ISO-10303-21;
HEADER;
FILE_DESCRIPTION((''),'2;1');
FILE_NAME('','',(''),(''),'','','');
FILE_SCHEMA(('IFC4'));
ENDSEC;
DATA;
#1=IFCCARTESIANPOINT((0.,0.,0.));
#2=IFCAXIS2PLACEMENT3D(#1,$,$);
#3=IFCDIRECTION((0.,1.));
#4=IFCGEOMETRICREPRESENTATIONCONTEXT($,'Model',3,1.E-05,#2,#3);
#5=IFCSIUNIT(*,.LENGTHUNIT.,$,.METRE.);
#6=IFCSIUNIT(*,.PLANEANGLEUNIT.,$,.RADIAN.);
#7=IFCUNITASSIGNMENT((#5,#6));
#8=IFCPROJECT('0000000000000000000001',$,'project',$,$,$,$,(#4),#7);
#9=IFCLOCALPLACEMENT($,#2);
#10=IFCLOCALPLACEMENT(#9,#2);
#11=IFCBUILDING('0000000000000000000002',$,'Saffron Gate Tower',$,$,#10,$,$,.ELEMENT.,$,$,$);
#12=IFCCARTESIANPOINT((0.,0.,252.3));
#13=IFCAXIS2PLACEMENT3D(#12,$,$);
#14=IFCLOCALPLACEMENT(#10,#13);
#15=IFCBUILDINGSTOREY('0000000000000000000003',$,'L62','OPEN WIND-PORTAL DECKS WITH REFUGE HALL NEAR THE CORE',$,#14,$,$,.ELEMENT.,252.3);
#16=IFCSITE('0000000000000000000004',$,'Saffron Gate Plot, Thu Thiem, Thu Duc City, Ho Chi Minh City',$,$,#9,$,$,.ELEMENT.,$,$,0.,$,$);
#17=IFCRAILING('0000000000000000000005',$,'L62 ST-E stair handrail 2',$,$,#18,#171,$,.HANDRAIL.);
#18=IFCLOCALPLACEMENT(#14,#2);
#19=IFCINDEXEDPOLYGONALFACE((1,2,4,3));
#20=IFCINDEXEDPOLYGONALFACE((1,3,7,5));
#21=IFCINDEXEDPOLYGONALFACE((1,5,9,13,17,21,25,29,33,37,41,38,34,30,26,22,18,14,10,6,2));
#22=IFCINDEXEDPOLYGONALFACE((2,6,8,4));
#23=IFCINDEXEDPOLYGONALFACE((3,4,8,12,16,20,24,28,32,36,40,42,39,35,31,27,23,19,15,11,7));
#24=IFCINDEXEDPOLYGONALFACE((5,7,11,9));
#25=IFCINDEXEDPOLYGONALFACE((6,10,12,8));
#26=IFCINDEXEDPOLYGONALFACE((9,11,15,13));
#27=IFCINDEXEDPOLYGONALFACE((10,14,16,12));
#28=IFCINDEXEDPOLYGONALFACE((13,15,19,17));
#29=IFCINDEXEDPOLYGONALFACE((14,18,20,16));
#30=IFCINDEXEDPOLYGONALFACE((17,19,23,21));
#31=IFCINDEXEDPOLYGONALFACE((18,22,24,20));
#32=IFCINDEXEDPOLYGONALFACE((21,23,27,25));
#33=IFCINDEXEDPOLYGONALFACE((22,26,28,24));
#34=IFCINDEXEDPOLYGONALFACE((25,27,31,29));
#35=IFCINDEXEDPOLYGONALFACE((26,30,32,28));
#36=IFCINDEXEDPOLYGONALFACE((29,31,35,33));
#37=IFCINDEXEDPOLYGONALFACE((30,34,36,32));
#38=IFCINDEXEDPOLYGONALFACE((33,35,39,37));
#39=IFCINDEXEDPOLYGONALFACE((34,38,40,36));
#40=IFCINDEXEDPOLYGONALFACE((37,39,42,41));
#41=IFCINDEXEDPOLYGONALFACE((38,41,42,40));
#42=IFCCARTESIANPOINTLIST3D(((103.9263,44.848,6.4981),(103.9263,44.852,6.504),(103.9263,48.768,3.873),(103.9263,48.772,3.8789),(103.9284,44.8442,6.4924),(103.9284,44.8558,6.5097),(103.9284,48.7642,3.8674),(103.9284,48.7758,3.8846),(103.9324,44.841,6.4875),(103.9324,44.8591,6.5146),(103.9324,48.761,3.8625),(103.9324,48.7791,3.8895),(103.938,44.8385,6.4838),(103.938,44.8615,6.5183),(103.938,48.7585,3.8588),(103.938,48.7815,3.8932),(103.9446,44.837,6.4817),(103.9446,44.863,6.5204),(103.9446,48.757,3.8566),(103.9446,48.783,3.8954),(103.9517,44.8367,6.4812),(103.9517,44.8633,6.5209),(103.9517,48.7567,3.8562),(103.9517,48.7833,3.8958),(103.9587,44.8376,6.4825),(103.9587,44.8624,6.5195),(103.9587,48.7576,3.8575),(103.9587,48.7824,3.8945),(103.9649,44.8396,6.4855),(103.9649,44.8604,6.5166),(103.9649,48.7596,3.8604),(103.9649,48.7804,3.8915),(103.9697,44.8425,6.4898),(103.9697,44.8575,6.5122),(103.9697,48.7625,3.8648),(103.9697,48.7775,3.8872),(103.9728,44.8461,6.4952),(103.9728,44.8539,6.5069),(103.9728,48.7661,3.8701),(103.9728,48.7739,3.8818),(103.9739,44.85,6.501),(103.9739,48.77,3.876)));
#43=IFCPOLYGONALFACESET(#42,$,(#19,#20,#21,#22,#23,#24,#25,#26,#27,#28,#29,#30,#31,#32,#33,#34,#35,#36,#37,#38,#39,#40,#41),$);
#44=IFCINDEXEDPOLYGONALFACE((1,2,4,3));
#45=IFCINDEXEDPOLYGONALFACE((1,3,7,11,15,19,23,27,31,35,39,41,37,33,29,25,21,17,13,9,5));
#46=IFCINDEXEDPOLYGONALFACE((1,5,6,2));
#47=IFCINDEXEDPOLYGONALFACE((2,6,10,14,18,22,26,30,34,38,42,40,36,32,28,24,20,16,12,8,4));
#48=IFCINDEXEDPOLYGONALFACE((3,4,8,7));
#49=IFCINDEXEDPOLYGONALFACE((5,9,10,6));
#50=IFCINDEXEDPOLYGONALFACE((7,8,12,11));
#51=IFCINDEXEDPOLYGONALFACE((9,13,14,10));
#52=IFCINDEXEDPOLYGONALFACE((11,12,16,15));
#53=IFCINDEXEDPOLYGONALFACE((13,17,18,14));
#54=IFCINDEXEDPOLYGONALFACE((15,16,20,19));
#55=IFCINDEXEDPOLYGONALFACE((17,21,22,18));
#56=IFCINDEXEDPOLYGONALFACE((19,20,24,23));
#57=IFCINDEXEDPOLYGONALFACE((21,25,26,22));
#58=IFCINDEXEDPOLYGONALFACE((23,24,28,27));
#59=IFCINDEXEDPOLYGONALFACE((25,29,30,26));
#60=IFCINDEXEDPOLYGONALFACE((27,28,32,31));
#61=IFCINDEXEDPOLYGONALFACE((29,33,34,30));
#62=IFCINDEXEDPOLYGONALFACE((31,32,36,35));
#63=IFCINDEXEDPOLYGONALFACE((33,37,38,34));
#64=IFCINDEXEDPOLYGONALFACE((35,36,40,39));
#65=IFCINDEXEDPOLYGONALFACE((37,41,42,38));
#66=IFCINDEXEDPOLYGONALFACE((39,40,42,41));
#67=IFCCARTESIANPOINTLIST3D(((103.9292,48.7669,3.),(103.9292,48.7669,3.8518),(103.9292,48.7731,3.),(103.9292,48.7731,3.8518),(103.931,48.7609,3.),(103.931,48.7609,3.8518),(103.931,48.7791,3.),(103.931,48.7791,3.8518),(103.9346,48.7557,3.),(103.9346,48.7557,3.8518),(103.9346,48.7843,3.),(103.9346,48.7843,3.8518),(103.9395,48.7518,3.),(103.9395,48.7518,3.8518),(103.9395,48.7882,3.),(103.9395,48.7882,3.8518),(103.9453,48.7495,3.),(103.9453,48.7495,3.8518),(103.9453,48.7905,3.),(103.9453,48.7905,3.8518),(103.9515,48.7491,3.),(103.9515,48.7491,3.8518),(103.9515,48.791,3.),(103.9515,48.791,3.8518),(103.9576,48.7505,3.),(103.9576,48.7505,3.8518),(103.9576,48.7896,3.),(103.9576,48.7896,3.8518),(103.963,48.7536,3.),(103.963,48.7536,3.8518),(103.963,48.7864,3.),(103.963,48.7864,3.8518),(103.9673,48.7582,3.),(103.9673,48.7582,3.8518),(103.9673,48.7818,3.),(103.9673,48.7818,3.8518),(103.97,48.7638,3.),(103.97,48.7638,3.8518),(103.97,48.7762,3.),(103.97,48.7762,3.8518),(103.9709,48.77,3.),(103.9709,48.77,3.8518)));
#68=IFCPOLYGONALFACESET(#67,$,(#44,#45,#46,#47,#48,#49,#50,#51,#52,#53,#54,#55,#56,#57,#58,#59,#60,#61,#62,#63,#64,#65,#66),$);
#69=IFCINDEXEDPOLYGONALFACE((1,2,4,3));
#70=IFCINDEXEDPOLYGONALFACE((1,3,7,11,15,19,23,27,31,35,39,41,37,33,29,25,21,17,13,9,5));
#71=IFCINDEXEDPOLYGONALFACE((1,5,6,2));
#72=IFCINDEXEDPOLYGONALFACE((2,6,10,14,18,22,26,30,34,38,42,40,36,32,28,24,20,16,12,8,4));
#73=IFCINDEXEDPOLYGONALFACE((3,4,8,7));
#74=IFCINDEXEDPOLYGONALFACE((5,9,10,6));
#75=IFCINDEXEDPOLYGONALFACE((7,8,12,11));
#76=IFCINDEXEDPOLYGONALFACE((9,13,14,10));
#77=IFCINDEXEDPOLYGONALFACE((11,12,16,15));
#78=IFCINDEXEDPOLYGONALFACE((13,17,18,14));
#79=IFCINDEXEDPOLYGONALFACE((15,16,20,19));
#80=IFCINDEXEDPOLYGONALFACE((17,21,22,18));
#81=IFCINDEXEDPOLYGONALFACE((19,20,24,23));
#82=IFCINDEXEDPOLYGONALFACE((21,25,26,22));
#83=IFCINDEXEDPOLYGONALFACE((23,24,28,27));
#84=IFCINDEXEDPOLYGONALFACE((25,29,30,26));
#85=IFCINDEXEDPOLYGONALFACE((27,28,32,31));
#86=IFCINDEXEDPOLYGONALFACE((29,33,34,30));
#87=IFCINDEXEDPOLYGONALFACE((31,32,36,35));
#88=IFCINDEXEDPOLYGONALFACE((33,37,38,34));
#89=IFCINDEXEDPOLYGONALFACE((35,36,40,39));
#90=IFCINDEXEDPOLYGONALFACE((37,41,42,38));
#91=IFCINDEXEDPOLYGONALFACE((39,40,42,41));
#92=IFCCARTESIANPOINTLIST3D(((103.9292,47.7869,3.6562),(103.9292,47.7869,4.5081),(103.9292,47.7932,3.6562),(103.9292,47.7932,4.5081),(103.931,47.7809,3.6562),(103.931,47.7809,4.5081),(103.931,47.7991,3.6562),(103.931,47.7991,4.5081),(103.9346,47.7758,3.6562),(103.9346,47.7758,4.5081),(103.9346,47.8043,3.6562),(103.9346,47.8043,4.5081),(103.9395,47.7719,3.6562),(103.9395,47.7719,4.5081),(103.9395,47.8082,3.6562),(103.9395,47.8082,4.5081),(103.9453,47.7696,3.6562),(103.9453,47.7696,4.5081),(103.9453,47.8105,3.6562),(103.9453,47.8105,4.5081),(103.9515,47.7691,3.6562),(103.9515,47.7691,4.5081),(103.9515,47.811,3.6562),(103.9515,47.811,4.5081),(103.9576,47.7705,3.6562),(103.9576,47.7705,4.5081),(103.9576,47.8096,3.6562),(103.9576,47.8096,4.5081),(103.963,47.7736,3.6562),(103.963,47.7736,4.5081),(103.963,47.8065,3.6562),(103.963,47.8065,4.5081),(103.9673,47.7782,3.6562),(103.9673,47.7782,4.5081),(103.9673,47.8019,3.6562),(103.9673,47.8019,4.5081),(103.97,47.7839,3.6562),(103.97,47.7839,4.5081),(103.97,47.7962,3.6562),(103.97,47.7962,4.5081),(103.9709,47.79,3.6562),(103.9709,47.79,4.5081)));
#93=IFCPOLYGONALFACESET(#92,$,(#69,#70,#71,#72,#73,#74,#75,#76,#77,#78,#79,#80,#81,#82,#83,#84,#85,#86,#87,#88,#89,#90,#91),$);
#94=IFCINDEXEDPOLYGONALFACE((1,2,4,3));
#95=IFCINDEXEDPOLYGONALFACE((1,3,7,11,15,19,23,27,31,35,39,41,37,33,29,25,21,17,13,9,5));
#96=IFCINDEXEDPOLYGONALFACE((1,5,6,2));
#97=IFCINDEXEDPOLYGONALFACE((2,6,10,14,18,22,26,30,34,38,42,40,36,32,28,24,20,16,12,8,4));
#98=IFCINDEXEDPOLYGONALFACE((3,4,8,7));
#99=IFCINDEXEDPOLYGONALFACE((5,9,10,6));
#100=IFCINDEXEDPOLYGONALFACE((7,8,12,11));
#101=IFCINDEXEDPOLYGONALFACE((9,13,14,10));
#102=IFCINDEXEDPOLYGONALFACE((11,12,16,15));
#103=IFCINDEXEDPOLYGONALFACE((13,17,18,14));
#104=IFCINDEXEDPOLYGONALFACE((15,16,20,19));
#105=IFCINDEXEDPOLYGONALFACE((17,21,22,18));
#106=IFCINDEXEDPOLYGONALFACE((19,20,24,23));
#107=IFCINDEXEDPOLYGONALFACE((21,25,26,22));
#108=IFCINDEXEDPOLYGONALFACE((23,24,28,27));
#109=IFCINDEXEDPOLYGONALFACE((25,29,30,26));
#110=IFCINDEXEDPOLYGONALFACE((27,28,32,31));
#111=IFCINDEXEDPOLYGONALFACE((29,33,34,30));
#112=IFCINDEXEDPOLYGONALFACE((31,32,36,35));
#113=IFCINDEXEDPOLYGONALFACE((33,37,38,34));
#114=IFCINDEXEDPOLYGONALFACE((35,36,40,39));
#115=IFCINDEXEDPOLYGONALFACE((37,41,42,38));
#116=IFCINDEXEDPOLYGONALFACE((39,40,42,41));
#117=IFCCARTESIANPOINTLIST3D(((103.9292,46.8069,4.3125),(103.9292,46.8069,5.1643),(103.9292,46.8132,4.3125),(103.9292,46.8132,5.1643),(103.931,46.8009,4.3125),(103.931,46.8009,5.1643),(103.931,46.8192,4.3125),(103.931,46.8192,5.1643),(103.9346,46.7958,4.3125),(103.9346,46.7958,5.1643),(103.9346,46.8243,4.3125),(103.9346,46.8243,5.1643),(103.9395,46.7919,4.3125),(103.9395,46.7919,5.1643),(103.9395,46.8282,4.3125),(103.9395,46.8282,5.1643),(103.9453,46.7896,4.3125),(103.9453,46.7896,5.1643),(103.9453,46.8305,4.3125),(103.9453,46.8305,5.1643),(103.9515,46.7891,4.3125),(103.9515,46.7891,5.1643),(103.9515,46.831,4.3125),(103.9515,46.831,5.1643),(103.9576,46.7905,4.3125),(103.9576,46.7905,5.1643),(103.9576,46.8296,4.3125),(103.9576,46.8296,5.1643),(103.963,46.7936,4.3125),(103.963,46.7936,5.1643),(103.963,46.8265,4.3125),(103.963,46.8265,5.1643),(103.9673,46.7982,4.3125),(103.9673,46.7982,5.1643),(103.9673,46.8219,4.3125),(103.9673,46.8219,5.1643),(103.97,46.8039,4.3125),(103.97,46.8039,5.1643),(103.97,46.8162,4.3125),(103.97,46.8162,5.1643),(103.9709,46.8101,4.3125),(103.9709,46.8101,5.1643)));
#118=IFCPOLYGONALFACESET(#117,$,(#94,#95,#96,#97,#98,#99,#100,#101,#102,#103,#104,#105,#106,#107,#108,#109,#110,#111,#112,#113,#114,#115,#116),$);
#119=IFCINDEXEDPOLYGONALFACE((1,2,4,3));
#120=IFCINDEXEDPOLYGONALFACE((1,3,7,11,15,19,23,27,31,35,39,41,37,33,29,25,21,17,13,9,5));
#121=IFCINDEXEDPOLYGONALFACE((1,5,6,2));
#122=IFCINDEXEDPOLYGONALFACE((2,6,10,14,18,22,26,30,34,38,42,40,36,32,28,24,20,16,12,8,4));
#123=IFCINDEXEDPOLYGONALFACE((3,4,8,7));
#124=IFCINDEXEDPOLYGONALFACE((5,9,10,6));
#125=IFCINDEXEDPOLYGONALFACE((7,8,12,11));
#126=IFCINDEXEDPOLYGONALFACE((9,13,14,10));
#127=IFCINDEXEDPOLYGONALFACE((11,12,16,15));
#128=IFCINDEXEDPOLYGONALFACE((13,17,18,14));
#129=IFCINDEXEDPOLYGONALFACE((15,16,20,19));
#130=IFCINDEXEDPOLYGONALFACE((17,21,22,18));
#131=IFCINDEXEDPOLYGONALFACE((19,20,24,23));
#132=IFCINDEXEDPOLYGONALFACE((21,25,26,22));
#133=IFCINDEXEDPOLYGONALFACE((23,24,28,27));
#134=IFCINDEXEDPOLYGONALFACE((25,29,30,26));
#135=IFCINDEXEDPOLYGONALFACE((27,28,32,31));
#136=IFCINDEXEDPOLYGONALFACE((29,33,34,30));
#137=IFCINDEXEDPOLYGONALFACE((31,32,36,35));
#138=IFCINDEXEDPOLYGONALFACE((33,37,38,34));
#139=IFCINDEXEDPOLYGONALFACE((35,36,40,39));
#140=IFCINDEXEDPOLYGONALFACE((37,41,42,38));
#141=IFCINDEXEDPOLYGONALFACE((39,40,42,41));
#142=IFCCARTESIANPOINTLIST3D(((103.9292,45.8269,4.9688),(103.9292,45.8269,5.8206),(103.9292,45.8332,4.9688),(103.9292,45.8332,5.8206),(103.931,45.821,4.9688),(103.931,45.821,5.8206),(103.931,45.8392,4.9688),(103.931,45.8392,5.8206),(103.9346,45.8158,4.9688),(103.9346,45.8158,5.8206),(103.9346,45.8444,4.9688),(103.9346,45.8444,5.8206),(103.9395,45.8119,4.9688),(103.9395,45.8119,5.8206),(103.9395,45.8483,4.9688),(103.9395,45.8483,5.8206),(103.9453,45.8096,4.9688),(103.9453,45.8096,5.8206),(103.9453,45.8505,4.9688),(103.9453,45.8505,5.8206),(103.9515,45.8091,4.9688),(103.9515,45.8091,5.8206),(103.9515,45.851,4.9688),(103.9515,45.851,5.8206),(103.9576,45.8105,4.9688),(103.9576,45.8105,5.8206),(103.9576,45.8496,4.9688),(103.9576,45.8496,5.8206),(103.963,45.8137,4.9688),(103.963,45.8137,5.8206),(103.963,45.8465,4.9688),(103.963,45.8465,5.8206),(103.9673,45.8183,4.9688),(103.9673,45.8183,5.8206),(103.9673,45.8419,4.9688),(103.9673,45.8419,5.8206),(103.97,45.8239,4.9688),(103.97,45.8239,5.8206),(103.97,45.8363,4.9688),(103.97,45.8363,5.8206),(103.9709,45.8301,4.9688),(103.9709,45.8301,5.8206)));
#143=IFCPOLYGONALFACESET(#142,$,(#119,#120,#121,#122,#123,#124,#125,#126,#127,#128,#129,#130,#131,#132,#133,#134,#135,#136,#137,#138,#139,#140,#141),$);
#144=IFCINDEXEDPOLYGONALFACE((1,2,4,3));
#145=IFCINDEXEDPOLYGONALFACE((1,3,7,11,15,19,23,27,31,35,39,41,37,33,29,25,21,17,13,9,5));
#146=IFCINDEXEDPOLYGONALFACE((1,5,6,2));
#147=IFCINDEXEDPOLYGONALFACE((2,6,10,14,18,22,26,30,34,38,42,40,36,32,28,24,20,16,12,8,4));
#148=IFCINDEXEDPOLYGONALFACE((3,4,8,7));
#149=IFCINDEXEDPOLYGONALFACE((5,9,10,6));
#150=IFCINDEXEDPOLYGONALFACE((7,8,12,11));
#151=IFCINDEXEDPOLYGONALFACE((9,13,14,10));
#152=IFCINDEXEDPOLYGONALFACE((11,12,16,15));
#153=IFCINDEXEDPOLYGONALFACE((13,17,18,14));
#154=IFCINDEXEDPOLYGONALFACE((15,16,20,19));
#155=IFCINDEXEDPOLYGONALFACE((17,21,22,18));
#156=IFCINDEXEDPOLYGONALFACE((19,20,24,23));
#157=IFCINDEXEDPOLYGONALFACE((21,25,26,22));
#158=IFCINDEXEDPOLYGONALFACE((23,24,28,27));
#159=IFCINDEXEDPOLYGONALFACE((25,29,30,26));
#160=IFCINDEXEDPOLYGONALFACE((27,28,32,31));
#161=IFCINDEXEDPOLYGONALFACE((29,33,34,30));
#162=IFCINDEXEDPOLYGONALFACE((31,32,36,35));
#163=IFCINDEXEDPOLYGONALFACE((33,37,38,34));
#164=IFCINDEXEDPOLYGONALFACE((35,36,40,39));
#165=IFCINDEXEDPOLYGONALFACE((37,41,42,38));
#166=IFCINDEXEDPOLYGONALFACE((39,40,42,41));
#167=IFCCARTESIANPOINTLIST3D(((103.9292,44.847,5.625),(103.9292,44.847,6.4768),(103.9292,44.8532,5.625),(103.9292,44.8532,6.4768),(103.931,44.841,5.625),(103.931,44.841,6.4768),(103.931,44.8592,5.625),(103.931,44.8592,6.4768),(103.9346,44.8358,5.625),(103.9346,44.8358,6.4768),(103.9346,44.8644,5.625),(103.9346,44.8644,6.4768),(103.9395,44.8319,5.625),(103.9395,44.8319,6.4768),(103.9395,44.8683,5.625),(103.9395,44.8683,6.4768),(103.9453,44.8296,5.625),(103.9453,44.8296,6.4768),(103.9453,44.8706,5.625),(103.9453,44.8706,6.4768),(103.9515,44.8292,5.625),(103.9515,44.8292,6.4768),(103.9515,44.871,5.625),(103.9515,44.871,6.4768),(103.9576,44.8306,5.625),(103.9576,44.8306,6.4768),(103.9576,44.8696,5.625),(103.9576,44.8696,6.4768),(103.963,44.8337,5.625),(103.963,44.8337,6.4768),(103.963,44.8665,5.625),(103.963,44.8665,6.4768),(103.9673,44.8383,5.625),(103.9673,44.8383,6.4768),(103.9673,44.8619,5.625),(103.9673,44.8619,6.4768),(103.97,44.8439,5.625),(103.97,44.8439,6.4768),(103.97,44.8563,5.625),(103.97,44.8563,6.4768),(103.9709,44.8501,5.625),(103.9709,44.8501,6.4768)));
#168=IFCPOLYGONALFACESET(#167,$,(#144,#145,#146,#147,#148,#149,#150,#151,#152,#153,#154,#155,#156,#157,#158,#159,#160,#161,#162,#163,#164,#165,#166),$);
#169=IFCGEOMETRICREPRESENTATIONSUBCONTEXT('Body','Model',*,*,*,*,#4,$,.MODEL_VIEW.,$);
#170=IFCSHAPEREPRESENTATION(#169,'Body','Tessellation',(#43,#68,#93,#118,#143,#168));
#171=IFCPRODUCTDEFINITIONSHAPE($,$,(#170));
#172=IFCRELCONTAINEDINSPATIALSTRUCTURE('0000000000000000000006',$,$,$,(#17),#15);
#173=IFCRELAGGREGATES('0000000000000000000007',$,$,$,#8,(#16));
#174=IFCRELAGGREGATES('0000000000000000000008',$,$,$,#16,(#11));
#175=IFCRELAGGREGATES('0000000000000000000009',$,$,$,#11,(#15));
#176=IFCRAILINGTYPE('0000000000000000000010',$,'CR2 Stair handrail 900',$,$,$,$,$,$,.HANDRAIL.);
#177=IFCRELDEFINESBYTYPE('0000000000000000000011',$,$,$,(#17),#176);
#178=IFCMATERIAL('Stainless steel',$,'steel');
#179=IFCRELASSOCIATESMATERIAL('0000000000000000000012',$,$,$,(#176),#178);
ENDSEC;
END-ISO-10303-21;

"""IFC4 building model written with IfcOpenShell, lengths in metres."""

from ifc_helpers import new_model, si_unit, direction, frame, origin, origin_2d, place, context, subcontext, project, spatial, circle, extrude, material, type_object, element, save


model = new_model("IFC4")

# Units and contexts
model_context = context("Model", 3, precision=1e-05, world=origin(), true_north=direction((0.0, 1.0)))
body_context = subcontext(model_context, "Body", "Model", "MODEL_VIEW")
ifc_project = project(units=[si_unit("LENGTHUNIT", "METRE"), si_unit("PLANEANGLEUNIT", "RADIAN")], contexts=[model_context])

# Site, building, storey
site_placement = place(None, origin())
site = spatial("IfcSite", under=ifc_project, at=site_placement, Name="Saffron Gate Plot, Thu Thiem, Thu Duc City, Ho Chi Minh City", CompositionType="ELEMENT", RefElevation=0.0)
building_placement = place(site_placement, origin())
building = spatial("IfcBuilding", under=site, at=building_placement, Name="Saffron Gate Tower", CompositionType="ELEMENT")
storey_placement = place(building_placement, frame((0.0, 0.0, 252.3)))
storey = spatial("IfcBuildingStorey", under=building, at=storey_placement, Name="L62", Description="OPEN WIND-PORTAL DECKS WITH REFUGE HALL NEAR THE CORE", CompositionType="ELEMENT", Elevation=252.3)

# Railing
ifc_material_1 = material(Name="Stainless steel", Category="steel")
railing_type_1 = type_object("IfcRailingType", Name="CR2 Stair handrail 900", PredefinedType="HANDRAIL", material=ifc_material_1)
for number, where, name in (
    (1, (103.95, 48.77, 3.0), "L62 ST-E stair handrail 2"),
):
    element("IfcRailing", number, at=place(storey_placement, frame(where)), inside=storey, type_object=railing_type_1, Name=name, PredefinedType="HANDRAIL", context=body_context, shape_type="SweptSolid", body=[
        extrude(circle(Radius=0.0239, at=origin_2d()), frame((0.0, 0.0, 0.876), z_axis=(0.0, -0.830902, 0.556419), x_axis=(1.0, 0.0, 0.0)), (0.0, 0.0, 1.0), 4.7178),
        extrude(circle(Radius=0.021, at=origin_2d()), origin(), (0.0, 0.0, 1.0), 0.8518),
        extrude(circle(Radius=0.021, at=origin_2d()), frame((0.0, -0.98, 0.6562)), (0.0, 0.0, 1.0), 0.8518),
        extrude(circle(Radius=0.021, at=origin_2d()), frame((0.0, -1.96, 1.3125)), (0.0, 0.0, 1.0), 0.8518),
        extrude(circle(Radius=0.021, at=origin_2d()), frame((0.0, -2.9399, 1.9688)), (0.0, 0.0, 1.0), 0.8518),
        extrude(circle(Radius=0.021, at=origin_2d()), frame((0.0, -3.9199, 2.625)), (0.0, 0.0, 1.0), 0.8518),
    ])

save(model, "model.ifc")
